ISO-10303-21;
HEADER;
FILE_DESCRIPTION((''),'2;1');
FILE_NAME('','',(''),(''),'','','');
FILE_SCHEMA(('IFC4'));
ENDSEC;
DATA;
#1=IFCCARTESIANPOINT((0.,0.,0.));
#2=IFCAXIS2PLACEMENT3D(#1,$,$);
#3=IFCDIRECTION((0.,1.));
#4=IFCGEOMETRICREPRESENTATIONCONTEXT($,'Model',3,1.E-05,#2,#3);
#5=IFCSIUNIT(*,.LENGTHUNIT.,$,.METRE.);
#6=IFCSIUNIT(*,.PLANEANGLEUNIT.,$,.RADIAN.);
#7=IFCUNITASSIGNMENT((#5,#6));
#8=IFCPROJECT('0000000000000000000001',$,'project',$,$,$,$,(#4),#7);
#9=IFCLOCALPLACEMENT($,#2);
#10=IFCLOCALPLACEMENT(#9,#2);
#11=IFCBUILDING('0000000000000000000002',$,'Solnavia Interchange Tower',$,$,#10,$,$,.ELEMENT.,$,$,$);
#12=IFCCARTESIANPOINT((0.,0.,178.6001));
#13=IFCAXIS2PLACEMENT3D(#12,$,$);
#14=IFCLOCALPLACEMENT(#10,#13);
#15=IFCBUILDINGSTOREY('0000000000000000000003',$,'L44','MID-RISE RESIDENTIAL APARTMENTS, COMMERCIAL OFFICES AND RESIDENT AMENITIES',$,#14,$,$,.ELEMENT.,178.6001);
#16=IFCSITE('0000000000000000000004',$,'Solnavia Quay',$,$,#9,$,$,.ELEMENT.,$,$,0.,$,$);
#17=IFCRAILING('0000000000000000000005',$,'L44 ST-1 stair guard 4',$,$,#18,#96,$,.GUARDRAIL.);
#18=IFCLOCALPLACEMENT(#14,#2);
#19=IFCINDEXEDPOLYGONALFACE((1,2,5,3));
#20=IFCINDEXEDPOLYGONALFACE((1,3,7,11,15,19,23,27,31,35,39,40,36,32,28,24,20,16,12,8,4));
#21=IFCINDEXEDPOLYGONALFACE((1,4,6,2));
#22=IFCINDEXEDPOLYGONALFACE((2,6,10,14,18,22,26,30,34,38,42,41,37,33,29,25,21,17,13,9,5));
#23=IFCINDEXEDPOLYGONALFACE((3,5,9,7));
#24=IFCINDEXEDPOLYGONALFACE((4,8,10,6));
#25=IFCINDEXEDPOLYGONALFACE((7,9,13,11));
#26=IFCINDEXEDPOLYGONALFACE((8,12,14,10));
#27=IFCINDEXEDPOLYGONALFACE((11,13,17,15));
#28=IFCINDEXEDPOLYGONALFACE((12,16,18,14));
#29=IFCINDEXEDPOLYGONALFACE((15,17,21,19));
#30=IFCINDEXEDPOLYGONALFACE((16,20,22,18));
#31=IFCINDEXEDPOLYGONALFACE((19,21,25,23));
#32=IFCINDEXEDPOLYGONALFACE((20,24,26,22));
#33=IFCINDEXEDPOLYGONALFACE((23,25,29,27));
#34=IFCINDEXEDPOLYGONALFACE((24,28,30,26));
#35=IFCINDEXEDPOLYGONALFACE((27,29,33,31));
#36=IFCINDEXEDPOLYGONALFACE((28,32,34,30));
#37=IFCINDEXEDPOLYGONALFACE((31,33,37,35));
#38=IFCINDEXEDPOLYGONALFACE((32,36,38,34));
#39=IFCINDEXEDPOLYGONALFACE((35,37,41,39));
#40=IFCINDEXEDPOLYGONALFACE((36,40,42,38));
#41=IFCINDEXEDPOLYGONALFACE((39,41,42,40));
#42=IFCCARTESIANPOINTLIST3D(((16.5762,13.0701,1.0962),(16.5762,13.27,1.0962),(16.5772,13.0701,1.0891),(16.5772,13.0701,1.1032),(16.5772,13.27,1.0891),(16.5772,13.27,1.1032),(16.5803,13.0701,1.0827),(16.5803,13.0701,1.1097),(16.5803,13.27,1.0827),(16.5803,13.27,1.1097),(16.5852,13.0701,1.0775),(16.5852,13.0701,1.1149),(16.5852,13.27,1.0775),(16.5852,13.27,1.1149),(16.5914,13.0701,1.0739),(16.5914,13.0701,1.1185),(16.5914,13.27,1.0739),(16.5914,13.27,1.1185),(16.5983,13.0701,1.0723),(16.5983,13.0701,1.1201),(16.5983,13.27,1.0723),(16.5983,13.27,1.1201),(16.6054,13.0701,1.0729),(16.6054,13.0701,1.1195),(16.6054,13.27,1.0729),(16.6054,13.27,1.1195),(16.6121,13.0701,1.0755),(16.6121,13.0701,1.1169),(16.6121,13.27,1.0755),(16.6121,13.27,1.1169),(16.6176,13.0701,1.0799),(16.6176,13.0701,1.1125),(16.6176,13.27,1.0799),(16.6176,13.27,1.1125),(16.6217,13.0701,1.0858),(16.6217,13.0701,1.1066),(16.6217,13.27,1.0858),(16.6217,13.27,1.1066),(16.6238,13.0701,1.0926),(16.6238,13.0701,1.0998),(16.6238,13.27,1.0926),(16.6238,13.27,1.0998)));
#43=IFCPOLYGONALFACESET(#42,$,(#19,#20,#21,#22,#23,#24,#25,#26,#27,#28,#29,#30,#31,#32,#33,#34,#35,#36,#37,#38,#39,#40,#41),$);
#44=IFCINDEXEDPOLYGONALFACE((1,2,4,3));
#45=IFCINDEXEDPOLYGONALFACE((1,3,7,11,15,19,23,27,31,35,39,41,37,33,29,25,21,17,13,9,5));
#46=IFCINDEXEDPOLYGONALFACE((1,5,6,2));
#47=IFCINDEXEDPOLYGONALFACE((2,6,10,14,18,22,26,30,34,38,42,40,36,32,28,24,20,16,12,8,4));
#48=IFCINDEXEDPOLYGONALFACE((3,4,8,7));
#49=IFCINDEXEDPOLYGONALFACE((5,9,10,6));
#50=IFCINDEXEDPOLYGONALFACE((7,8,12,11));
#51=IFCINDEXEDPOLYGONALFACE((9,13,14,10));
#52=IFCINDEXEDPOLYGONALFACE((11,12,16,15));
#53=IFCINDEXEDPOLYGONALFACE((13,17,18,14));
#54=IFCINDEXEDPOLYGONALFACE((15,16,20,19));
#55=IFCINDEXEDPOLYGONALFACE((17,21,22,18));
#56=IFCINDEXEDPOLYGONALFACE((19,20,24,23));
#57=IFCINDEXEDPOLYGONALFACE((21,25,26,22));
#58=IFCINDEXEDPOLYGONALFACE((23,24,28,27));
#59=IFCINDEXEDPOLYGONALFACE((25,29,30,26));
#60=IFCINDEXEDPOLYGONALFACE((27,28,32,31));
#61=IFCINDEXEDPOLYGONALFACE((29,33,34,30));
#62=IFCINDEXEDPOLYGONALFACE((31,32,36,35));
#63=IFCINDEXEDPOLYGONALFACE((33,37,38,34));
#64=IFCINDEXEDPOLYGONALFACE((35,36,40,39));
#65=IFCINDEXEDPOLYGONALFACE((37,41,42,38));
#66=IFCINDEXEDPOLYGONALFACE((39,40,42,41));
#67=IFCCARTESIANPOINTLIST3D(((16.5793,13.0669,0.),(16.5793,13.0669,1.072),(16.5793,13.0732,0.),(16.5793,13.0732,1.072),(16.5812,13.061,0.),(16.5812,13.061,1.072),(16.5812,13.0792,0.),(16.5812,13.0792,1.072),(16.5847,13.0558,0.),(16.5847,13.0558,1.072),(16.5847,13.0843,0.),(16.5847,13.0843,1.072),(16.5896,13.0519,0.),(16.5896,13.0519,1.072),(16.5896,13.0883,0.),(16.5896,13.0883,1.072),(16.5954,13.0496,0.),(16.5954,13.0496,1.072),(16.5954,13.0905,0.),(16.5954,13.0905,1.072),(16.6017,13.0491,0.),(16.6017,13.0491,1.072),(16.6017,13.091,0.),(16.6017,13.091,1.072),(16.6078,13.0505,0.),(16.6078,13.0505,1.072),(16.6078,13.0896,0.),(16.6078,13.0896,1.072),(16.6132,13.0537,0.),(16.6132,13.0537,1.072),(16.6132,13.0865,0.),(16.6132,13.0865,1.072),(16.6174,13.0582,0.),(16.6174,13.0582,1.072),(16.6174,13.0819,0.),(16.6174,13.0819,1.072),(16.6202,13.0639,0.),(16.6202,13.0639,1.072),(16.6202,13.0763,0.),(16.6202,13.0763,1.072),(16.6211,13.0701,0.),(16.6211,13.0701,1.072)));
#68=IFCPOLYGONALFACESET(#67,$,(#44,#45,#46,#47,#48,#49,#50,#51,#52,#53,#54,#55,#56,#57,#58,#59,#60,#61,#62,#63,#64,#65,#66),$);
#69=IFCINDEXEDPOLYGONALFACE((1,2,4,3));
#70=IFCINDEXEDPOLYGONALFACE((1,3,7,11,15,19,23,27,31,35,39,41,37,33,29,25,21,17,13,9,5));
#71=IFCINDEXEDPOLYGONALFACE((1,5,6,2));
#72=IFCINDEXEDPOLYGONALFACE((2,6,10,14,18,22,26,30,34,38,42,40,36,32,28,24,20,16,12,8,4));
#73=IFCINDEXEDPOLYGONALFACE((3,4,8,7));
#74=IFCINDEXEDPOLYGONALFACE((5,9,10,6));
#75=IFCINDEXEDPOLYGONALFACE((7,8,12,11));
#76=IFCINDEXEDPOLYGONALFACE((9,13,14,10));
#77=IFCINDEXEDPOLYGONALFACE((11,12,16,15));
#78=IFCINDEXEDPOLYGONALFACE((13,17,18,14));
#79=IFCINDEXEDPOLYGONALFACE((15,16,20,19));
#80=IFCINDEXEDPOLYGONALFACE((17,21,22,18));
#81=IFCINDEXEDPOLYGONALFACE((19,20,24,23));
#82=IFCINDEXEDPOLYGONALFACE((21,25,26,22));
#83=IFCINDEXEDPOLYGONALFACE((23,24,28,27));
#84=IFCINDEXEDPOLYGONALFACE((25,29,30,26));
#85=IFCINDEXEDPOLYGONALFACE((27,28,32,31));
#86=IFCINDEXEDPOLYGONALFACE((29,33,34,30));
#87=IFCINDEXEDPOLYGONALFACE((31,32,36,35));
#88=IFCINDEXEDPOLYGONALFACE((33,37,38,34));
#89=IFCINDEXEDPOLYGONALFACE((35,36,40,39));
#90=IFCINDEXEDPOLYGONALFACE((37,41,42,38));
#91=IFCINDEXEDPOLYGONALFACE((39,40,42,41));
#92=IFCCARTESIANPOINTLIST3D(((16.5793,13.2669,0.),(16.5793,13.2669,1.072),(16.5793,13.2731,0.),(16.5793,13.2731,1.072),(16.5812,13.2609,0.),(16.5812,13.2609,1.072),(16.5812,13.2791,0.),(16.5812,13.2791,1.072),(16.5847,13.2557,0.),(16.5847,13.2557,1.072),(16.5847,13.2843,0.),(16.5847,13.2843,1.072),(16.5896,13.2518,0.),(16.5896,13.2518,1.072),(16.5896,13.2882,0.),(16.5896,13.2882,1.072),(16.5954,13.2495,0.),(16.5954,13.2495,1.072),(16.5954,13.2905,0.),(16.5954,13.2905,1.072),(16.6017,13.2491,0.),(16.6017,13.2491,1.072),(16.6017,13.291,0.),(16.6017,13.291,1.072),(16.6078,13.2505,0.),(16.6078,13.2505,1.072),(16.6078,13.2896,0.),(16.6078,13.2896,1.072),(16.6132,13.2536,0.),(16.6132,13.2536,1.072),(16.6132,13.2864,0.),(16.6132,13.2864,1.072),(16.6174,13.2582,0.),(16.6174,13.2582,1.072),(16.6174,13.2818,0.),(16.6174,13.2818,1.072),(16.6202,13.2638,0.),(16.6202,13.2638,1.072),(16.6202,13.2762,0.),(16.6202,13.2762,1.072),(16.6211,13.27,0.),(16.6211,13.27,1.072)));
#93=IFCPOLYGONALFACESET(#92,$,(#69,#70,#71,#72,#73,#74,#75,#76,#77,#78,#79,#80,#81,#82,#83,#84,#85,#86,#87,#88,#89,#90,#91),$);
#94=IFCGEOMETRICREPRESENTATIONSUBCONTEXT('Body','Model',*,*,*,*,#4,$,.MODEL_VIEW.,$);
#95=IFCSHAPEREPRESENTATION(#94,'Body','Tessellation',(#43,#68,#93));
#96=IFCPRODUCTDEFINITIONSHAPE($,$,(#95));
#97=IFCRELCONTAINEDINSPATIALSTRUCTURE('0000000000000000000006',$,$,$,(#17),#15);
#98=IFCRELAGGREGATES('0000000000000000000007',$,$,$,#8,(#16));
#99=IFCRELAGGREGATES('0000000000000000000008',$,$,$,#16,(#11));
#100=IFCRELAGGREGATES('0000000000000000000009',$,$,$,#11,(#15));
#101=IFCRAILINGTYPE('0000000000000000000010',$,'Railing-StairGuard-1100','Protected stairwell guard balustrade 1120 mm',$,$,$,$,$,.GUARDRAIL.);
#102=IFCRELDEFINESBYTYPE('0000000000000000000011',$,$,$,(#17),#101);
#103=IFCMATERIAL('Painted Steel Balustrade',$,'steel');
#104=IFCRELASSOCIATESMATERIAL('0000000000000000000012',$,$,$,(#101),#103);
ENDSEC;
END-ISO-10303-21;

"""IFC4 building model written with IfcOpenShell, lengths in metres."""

from ifc_helpers import new_model, si_unit, direction, frame, origin, origin_2d, place, context, subcontext, project, spatial, circle, extrude, material, type_object, element, save


model = new_model("IFC4")

# Units and contexts
model_context = context("Model", 3, precision=1e-05, world=origin(), true_north=direction((0.0, 1.0)))
body_context = subcontext(model_context, "Body", "Model", "MODEL_VIEW")
ifc_project = project(units=[si_unit("LENGTHUNIT", "METRE"), si_unit("PLANEANGLEUNIT", "RADIAN")], contexts=[model_context])

# Site, building, storey
site_placement = place(None, origin())
site = spatial("IfcSite", under=ifc_project, at=site_placement, Name="Solnavia Quay", CompositionType="ELEMENT", RefElevation=0.0)
building_placement = place(site_placement, origin())
building = spatial("IfcBuilding", under=site, at=building_placement, Name="Solnavia Interchange Tower", CompositionType="ELEMENT")
storey_placement = place(building_placement, frame((0.0, 0.0, 178.6001)))
storey = spatial("IfcBuildingStorey", under=building, at=storey_placement, Name="L44", Description="MID-RISE RESIDENTIAL APARTMENTS, COMMERCIAL OFFICES AND RESIDENT AMENITIES", CompositionType="ELEMENT", Elevation=178.6001)

# Railing
ifc_material_1 = material(Name="Painted Steel Balustrade", Category="steel")
railing_type_1 = type_object("IfcRailingType", Name="Railing-StairGuard-1100", Description="Protected stairwell guard balustrade 1120 mm", PredefinedType="GUARDRAIL", material=ifc_material_1)
railing_1_placement = place(storey_placement, frame((16.6001, 13.0701, 0.0)))
element("IfcRailing", 1, at=railing_1_placement, inside=storey, type_object=railing_type_1, Name="L44 ST-1 stair guard 4", PredefinedType="GUARDRAIL", context=body_context, shape_type="SweptSolid", body=[
    extrude(circle(Radius=0.0239, at=origin_2d()), frame((0.0, 0.0, 1.0962), z_axis=(0.0, 1.0, 0.0), x_axis=(-1.0, 0.0, 0.0)), (0.0, 0.0, 1.0), 0.2),
    extrude(circle(Radius=0.021, at=origin_2d()), origin(), (0.0, 0.0, 1.0), 1.072),
    extrude(circle(Radius=0.021, at=origin_2d()), frame((0.0, 0.2, 0.0)), (0.0, 0.0, 1.0), 1.072),
])

save(model, "model.ifc")
